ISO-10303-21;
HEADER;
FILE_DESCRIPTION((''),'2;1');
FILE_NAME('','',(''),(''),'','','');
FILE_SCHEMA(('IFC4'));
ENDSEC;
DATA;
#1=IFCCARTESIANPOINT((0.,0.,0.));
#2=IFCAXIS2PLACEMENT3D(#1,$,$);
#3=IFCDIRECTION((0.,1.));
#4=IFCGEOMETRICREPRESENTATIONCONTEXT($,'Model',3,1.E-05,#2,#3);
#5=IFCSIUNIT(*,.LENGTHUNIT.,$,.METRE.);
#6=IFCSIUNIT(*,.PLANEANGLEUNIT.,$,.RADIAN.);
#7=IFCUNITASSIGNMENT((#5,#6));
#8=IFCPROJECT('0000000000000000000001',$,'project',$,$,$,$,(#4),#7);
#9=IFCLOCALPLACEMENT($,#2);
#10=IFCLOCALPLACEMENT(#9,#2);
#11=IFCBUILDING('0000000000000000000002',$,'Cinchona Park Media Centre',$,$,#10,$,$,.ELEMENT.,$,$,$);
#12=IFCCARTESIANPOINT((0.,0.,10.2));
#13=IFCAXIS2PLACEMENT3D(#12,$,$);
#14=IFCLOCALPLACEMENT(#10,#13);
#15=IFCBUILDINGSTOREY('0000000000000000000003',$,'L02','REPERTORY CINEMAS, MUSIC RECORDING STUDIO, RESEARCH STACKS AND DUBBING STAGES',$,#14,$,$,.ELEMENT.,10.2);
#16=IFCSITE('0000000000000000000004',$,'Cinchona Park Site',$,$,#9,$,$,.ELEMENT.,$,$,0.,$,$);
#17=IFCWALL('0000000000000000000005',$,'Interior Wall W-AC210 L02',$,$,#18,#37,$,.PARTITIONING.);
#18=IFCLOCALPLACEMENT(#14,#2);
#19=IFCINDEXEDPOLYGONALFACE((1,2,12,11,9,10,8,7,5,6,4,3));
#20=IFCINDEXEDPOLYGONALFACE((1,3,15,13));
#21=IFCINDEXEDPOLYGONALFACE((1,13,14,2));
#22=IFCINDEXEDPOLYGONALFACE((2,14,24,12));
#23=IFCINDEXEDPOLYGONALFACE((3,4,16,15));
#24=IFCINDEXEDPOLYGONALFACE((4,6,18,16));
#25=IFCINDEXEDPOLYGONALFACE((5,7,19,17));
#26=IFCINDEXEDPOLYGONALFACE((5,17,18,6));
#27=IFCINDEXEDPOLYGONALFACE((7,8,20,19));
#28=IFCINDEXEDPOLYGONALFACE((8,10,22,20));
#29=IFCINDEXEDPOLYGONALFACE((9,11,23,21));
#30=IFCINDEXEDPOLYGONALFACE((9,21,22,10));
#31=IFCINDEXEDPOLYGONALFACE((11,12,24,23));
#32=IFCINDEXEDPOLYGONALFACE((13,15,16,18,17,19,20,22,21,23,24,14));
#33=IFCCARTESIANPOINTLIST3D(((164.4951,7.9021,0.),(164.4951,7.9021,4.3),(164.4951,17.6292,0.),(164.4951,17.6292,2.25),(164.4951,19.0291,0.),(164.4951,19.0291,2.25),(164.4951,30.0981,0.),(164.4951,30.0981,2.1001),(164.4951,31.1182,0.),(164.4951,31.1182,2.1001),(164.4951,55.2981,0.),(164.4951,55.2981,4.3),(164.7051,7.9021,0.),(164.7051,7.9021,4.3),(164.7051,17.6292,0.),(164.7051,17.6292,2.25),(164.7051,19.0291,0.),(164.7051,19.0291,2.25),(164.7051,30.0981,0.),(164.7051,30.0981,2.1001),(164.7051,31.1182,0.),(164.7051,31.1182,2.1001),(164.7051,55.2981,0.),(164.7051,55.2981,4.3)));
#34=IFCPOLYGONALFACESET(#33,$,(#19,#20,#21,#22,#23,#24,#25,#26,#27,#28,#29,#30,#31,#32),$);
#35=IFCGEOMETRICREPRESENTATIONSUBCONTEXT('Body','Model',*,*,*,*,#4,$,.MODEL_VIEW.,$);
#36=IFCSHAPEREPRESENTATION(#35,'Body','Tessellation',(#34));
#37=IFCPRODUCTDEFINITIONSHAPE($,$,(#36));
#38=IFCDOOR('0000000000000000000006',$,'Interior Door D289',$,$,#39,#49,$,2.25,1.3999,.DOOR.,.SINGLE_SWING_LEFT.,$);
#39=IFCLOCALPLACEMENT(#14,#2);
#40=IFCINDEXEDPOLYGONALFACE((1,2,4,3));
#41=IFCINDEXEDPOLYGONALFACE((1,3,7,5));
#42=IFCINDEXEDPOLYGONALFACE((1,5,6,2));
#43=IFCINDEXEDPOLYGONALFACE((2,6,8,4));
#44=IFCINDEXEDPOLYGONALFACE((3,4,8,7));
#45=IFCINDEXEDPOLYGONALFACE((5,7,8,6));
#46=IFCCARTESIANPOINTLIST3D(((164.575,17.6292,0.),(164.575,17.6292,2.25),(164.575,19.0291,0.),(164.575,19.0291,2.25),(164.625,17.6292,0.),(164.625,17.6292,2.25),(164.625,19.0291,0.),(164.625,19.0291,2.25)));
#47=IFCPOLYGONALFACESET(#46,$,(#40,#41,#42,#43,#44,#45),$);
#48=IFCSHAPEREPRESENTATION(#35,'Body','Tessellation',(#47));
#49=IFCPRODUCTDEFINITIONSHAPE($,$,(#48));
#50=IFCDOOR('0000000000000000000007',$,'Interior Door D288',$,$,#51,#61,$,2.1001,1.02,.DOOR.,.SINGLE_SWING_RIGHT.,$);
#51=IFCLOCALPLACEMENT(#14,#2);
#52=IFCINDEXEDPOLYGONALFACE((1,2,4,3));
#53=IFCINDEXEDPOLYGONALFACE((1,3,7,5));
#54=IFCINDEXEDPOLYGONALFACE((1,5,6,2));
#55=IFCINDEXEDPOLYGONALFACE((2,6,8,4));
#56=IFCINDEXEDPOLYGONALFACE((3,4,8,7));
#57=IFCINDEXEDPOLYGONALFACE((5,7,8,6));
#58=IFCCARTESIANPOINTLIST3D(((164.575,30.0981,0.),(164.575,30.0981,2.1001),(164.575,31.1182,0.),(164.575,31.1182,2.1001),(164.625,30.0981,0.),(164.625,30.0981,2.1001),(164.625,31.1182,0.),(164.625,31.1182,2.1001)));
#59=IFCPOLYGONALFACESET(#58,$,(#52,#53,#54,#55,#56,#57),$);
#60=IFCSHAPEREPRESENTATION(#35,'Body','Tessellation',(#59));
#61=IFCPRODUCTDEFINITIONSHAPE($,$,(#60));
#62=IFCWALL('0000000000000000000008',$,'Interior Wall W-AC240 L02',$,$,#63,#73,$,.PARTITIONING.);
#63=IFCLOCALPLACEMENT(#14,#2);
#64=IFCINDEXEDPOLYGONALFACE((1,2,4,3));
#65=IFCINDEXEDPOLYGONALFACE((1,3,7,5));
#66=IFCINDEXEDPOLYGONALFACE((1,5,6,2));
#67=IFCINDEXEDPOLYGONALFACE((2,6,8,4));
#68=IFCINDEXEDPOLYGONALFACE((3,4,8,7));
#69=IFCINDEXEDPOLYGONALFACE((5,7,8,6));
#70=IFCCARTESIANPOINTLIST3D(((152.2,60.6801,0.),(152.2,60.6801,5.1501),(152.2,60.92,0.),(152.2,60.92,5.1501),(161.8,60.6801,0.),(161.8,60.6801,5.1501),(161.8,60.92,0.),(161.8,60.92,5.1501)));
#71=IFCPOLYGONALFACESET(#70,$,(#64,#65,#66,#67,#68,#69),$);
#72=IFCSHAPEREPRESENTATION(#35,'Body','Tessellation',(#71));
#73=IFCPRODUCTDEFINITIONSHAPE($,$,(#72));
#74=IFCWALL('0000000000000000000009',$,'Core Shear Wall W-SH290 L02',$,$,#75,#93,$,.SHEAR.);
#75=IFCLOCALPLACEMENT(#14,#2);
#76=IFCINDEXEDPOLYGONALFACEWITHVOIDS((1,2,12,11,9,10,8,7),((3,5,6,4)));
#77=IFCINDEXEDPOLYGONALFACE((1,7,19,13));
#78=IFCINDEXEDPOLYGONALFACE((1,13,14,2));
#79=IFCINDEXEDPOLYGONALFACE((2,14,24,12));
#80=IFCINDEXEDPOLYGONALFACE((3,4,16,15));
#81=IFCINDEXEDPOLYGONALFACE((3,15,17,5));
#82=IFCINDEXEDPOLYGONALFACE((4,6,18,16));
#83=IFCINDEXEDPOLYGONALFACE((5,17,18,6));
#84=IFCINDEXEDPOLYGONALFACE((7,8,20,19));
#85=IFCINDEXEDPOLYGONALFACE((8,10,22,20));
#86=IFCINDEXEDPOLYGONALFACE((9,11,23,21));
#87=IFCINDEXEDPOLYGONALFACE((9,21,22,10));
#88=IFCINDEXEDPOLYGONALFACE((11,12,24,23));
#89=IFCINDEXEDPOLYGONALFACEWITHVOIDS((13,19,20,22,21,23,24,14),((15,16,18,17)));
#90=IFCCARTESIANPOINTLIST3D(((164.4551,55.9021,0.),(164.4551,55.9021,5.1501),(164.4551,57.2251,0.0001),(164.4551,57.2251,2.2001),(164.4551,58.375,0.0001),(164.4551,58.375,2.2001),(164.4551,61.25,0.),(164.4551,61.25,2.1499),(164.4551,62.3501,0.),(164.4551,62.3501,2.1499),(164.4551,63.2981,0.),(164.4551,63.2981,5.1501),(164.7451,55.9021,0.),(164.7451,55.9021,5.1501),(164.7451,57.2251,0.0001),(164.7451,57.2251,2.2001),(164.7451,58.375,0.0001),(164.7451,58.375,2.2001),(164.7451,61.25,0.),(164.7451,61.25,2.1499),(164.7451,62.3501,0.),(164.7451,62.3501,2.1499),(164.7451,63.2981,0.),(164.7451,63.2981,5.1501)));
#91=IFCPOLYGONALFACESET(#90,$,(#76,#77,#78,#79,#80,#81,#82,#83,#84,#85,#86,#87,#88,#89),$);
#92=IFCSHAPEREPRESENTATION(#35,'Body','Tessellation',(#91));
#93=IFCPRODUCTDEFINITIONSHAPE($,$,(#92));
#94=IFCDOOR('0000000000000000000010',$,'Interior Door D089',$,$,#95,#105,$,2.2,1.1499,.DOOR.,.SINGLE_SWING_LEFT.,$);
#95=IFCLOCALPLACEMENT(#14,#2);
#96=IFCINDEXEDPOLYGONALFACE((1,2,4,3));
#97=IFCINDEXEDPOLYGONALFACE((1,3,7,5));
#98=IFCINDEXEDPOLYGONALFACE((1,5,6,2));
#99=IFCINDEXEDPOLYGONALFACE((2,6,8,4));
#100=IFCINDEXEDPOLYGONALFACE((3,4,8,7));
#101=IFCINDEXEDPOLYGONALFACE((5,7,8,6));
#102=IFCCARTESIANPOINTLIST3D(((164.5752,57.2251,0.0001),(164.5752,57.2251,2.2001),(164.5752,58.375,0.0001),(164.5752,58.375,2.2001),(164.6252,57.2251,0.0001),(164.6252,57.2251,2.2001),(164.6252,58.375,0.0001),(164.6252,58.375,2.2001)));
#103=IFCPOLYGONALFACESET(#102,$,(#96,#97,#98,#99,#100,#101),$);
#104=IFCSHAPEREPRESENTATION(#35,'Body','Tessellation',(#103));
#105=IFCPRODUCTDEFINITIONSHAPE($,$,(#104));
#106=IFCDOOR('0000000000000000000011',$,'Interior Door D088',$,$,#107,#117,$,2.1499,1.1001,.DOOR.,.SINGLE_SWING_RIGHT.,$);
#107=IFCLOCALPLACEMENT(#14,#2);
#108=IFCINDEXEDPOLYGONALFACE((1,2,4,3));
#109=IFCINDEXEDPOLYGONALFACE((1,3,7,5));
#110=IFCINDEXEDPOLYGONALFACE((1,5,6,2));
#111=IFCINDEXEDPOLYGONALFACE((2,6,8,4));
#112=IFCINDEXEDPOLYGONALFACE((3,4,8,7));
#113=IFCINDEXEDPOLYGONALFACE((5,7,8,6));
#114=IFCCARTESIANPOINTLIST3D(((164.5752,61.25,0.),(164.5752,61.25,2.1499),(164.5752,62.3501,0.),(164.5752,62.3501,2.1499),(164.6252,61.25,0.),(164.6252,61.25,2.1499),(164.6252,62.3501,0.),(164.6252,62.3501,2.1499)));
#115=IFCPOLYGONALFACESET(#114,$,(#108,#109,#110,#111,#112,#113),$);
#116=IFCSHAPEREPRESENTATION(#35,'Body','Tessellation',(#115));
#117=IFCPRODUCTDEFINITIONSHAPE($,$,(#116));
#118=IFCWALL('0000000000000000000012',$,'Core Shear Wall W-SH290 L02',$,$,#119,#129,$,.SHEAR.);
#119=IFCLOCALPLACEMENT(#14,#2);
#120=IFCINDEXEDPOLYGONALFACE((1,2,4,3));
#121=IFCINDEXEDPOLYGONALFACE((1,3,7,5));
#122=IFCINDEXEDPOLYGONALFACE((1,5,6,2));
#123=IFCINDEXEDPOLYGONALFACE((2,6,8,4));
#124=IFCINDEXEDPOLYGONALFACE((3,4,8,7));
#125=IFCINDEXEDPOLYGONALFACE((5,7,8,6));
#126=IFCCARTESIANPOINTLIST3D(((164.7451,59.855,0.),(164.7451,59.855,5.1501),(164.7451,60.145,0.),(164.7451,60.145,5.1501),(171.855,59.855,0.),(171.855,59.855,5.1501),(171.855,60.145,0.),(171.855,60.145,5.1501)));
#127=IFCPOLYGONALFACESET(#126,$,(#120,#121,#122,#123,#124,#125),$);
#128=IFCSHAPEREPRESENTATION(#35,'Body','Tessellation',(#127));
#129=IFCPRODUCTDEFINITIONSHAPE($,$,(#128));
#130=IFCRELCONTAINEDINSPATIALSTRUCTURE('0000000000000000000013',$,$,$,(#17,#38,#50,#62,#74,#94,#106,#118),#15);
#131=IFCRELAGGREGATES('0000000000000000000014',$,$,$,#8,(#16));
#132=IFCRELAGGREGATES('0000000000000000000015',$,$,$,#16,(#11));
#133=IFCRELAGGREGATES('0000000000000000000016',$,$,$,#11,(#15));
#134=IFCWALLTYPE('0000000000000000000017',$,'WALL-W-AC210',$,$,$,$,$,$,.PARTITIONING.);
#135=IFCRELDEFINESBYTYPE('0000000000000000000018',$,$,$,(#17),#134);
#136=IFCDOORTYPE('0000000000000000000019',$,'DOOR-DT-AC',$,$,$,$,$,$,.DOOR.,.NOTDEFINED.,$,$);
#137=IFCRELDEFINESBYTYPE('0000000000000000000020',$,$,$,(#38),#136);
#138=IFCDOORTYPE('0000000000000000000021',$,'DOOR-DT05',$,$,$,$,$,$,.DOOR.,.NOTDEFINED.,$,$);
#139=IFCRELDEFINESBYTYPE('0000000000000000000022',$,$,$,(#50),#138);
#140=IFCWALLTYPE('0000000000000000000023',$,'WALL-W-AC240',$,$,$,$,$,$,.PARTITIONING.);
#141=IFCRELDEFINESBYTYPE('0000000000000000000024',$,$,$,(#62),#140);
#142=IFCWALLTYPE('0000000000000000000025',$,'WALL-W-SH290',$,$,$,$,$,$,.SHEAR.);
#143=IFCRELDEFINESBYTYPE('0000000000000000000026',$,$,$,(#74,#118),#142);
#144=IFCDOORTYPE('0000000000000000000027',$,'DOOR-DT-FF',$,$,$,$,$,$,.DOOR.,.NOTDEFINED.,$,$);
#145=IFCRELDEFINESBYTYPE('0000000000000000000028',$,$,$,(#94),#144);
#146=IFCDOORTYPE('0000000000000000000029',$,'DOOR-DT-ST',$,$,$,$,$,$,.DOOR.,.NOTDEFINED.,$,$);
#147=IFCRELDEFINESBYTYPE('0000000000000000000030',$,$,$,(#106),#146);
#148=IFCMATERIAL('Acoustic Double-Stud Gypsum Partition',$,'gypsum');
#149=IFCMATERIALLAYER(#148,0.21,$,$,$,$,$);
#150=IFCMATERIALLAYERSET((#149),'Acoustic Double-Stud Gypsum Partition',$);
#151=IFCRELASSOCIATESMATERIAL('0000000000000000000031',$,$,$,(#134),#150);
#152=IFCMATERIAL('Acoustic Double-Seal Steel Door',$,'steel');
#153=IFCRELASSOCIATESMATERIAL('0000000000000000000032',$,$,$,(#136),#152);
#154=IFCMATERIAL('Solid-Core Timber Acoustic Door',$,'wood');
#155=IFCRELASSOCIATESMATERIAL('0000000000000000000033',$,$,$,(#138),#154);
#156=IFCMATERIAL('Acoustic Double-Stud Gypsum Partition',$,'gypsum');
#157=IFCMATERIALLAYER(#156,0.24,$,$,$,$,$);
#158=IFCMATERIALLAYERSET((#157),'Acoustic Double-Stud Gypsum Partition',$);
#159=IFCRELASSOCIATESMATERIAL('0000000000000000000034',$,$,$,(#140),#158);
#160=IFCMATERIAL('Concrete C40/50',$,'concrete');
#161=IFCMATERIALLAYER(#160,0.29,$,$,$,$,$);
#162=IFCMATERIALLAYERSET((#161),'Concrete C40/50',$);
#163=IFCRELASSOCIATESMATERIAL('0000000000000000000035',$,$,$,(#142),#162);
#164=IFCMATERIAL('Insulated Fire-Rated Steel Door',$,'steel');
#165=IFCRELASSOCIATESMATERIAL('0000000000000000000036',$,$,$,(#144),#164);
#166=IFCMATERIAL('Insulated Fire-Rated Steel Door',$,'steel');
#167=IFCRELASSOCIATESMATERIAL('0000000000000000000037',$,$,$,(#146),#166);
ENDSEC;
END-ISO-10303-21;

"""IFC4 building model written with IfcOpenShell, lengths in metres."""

from ifc_helpers import new_model, si_unit, direction, frame, frame_2d, origin, place, context, subcontext, project, spatial, rectangle, extrude, material, layer, layer_set, type_object, element, fill, save


model = new_model("IFC4")

# Units and contexts
model_context = context("Model", 3, precision=1e-05, world=origin(), true_north=direction((0.0, 1.0)))
body_context = subcontext(model_context, "Body", "Model", "MODEL_VIEW")
ifc_project = project(units=[si_unit("LENGTHUNIT", "METRE"), si_unit("PLANEANGLEUNIT", "RADIAN")], contexts=[model_context])

# Site, building, storey
site_placement = place(None, origin())
site = spatial("IfcSite", under=ifc_project, at=site_placement, Name="Cinchona Park Site", CompositionType="ELEMENT", RefElevation=0.0)
building_placement = place(site_placement, origin())
building = spatial("IfcBuilding", under=site, at=building_placement, Name="Cinchona Park Media Centre", CompositionType="ELEMENT")
storey_placement = place(building_placement, frame((0.0, 0.0, 10.2)))
storey = spatial("IfcBuildingStorey", under=building, at=storey_placement, Name="L02", Description="REPERTORY CINEMAS, MUSIC RECORDING STUDIO, RESEARCH STACKS AND DUBBING STAGES", CompositionType="ELEMENT", Elevation=10.2)

# Wall, openings, doors
ifc_material_1 = material(Name="Acoustic Double-Stud Gypsum Partition", Category="gypsum")
ifc_layer_1 = layer(ifc_material_1, 0.21)
ifc_layer_set_1 = layer_set([ifc_layer_1], Name="Acoustic Double-Stud Gypsum Partition")
wall_type_1 = type_object("IfcWallType", Name="WALL-W-AC210", PredefinedType="PARTITIONING", material=ifc_layer_set_1)
wall_1_placement = place(storey_placement, frame((164.6001, 55.2981, 0.0), z_axis=(0.0, 0.0, 1.0), x_axis=(0.0, -1.0, 0.0)))
wall_1 = element("IfcWall", 1, at=wall_1_placement, inside=storey, type_object=wall_type_1, Name="Interior Wall W-AC210 L02", PredefinedType="PARTITIONING", context=body_context, shape_type="SweptSolid", body=[
    extrude(rectangle(XDim=47.396, YDim=0.21, at=frame_2d((23.698, 0.0))), origin(), (0.0, 0.0, 1.0), 4.3),
])
opening_1_placement = place(wall_1_placement, frame((24.1799, 0.0, 0.0)))
opening_1 = element("IfcOpeningElement", 2, at=opening_1_placement, cuts=wall_1, PredefinedType="OPENING", context=body_context, shape_type="SweptSolid", body=[
    extrude(rectangle(XDim=1.02, YDim=2.1001, at=frame_2d((0.51, 1.05))), frame((0.0, 0.115, 0.0), z_axis=(0.0, -1.0, 0.0), x_axis=(1.0, 0.0, 0.0)), (0.0, 0.0, 1.0), 0.23),
])
opening_2_placement = place(wall_1_placement, frame((36.269, 0.0, 0.0)))
opening_2 = element("IfcOpeningElement", 3, at=opening_2_placement, cuts=wall_1, PredefinedType="OPENING", context=body_context, shape_type="SweptSolid", body=[
    extrude(rectangle(XDim=1.3999, YDim=2.25, at=frame_2d((0.7, 1.125))), frame((0.0, 0.115, 0.0), z_axis=(0.0, -1.0, 0.0), x_axis=(1.0, 0.0, 0.0)), (0.0, 0.0, 1.0), 0.23),
])
ifc_material_2 = material(Name="Acoustic Double-Seal Steel Door", Category="steel")
door_type_1 = type_object("IfcDoorType", Name="DOOR-DT-AC", OperationType="NOTDEFINED", PredefinedType="DOOR", material=ifc_material_2)
door_1_placement = place(opening_2_placement, origin())
door_1 = element("IfcDoor", 4, at=door_1_placement, inside=storey, type_object=door_type_1, Name="Interior Door D289", OperationType="SINGLE_SWING_LEFT", OverallHeight=2.25, OverallWidth=1.3999, PredefinedType="DOOR", context=body_context, shape_type="SweptSolid", body=[
    extrude(rectangle(XDim=1.3999, YDim=2.25, at=frame_2d((0.7, 1.125))), frame((0.0, 0.0249, 0.0), z_axis=(0.0, -1.0, 0.0), x_axis=(1.0, 0.0, 0.0)), (0.0, 0.0, 1.0), 0.05),
])
fill(opening_2, door_1)
ifc_material_3 = material(Name="Solid-Core Timber Acoustic Door", Category="wood")
door_type_2 = type_object("IfcDoorType", Name="DOOR-DT05", OperationType="NOTDEFINED", PredefinedType="DOOR", material=ifc_material_3)
door_2_placement = place(opening_1_placement, origin())
door_2 = element("IfcDoor", 5, at=door_2_placement, inside=storey, type_object=door_type_2, Name="Interior Door D288", OperationType="SINGLE_SWING_RIGHT", OverallHeight=2.1001, OverallWidth=1.02, PredefinedType="DOOR", context=body_context, shape_type="SweptSolid", body=[
    extrude(rectangle(XDim=1.02, YDim=2.1001, at=frame_2d((0.51, 1.05))), frame((0.0, 0.0249, 0.0), z_axis=(0.0, -1.0, 0.0), x_axis=(1.0, 0.0, 0.0)), (0.0, 0.0, 1.0), 0.05),
])
fill(opening_1, door_2)

# Wall
ifc_material_4 = material(Name="Acoustic Double-Stud Gypsum Partition", Category="gypsum")
ifc_layer_2 = layer(ifc_material_4, 0.24)
ifc_layer_set_2 = layer_set([ifc_layer_2], Name="Acoustic Double-Stud Gypsum Partition")
wall_type_2 = type_object("IfcWallType", Name="WALL-W-AC240", PredefinedType="PARTITIONING", material=ifc_layer_set_2)
wall_2_placement = place(storey_placement, frame((161.8, 60.8, 0.0), z_axis=(0.0, 0.0, 1.0), x_axis=(-1.0, 0.0, 0.0)))
element("IfcWall", 6, at=wall_2_placement, inside=storey, type_object=wall_type_2, Name="Interior Wall W-AC240 L02", PredefinedType="PARTITIONING", context=body_context, shape_type="SweptSolid", body=[
    extrude(rectangle(XDim=9.6001, YDim=0.24, at=frame_2d((4.8, 0.0))), origin(), (0.0, 0.0, 1.0), 5.1501),
])

# Wall, openings, doors
ifc_material_5 = material(Name="Concrete C40/50", Category="concrete")
ifc_layer_3 = layer(ifc_material_5, 0.29)
ifc_layer_set_3 = layer_set([ifc_layer_3], Name="Concrete C40/50")
wall_type_3 = type_object("IfcWallType", Name="WALL-W-SH290", PredefinedType="SHEAR", material=ifc_layer_set_3)
wall_3_placement = place(storey_placement, frame((164.6001, 55.9021, 0.0), z_axis=(0.0, 0.0, 1.0), x_axis=(0.0, 1.0, 0.0)))
wall_3 = element("IfcWall", 7, at=wall_3_placement, inside=storey, type_object=wall_type_3, Name="Core Shear Wall W-SH290 L02", PredefinedType="SHEAR", context=body_context, shape_type="SweptSolid", body=[
    extrude(rectangle(XDim=7.396, YDim=0.29, at=frame_2d((3.698, 0.0))), origin(), (0.0, 0.0, 1.0), 5.1501),
])
opening_3_placement = place(wall_3_placement, frame((5.3479, 0.0, 0.0)))
opening_3 = element("IfcOpeningElement", 8, at=opening_3_placement, cuts=wall_3, PredefinedType="OPENING", context=body_context, shape_type="SweptSolid", body=[
    extrude(rectangle(XDim=1.1001, YDim=2.1499, at=frame_2d((0.55, 1.075))), frame((0.0, 0.155, 0.0), z_axis=(0.0, -1.0, 0.0), x_axis=(1.0, 0.0, 0.0)), (0.0, 0.0, 1.0), 0.3101),
])
opening_4_placement = place(wall_3_placement, frame((1.323, 0.0, 0.0)))
opening_4 = element("IfcOpeningElement", 9, at=opening_4_placement, cuts=wall_3, PredefinedType="OPENING", context=body_context, shape_type="SweptSolid", body=[
    extrude(rectangle(XDim=1.1499, YDim=2.2, at=frame_2d((0.575, 1.1001))), frame((0.0, 0.155, 0.0), z_axis=(0.0, -1.0, 0.0), x_axis=(1.0, 0.0, 0.0)), (0.0, 0.0, 1.0), 0.3101),
])
ifc_material_6 = material(Name="Insulated Fire-Rated Steel Door", Category="steel")
door_type_3 = type_object("IfcDoorType", Name="DOOR-DT-FF", OperationType="NOTDEFINED", PredefinedType="DOOR", material=ifc_material_6)
door_3_placement = place(opening_4_placement, origin())
door_3 = element("IfcDoor", 10, at=door_3_placement, inside=storey, type_object=door_type_3, Name="Interior Door D089", OperationType="SINGLE_SWING_LEFT", OverallHeight=2.2, OverallWidth=1.1499, PredefinedType="DOOR", context=body_context, shape_type="SweptSolid", body=[
    extrude(rectangle(XDim=1.1499, YDim=2.2, at=frame_2d((0.575, 1.1001))), frame((0.0, 0.0249, 0.0), z_axis=(0.0, -1.0, 0.0), x_axis=(1.0, 0.0, 0.0)), (0.0, 0.0, 1.0), 0.05),
])
fill(opening_4, door_3)
ifc_material_7 = material(Name="Insulated Fire-Rated Steel Door", Category="steel")
door_type_4 = type_object("IfcDoorType", Name="DOOR-DT-ST", OperationType="NOTDEFINED", PredefinedType="DOOR", material=ifc_material_7)
door_4_placement = place(opening_3_placement, origin())
door_4 = element("IfcDoor", 11, at=door_4_placement, inside=storey, type_object=door_type_4, Name="Interior Door D088", OperationType="SINGLE_SWING_RIGHT", OverallHeight=2.1499, OverallWidth=1.1001, PredefinedType="DOOR", context=body_context, shape_type="SweptSolid", body=[
    extrude(rectangle(XDim=1.1001, YDim=2.1499, at=frame_2d((0.55, 1.075))), frame((0.0, 0.0249, 0.0), z_axis=(0.0, -1.0, 0.0), x_axis=(1.0, 0.0, 0.0)), (0.0, 0.0, 1.0), 0.05),
])
fill(opening_3, door_4)

# Wall
wall_4_placement = place(storey_placement, frame((164.7451, 60.0, 0.0), z_axis=(0.0, 0.0, 1.0), x_axis=(1.0, 0.0, 0.0)))
element("IfcWall", 12, at=wall_4_placement, inside=storey, type_object=wall_type_3, Name="Core Shear Wall W-SH290 L02", PredefinedType="SHEAR", context=body_context, shape_type="SweptSolid", body=[
    extrude(rectangle(XDim=7.1099, YDim=0.29, at=frame_2d((3.5549, 0.0))), origin(), (0.0, 0.0, 1.0), 5.1501),
])

save(model, "model.ifc")
